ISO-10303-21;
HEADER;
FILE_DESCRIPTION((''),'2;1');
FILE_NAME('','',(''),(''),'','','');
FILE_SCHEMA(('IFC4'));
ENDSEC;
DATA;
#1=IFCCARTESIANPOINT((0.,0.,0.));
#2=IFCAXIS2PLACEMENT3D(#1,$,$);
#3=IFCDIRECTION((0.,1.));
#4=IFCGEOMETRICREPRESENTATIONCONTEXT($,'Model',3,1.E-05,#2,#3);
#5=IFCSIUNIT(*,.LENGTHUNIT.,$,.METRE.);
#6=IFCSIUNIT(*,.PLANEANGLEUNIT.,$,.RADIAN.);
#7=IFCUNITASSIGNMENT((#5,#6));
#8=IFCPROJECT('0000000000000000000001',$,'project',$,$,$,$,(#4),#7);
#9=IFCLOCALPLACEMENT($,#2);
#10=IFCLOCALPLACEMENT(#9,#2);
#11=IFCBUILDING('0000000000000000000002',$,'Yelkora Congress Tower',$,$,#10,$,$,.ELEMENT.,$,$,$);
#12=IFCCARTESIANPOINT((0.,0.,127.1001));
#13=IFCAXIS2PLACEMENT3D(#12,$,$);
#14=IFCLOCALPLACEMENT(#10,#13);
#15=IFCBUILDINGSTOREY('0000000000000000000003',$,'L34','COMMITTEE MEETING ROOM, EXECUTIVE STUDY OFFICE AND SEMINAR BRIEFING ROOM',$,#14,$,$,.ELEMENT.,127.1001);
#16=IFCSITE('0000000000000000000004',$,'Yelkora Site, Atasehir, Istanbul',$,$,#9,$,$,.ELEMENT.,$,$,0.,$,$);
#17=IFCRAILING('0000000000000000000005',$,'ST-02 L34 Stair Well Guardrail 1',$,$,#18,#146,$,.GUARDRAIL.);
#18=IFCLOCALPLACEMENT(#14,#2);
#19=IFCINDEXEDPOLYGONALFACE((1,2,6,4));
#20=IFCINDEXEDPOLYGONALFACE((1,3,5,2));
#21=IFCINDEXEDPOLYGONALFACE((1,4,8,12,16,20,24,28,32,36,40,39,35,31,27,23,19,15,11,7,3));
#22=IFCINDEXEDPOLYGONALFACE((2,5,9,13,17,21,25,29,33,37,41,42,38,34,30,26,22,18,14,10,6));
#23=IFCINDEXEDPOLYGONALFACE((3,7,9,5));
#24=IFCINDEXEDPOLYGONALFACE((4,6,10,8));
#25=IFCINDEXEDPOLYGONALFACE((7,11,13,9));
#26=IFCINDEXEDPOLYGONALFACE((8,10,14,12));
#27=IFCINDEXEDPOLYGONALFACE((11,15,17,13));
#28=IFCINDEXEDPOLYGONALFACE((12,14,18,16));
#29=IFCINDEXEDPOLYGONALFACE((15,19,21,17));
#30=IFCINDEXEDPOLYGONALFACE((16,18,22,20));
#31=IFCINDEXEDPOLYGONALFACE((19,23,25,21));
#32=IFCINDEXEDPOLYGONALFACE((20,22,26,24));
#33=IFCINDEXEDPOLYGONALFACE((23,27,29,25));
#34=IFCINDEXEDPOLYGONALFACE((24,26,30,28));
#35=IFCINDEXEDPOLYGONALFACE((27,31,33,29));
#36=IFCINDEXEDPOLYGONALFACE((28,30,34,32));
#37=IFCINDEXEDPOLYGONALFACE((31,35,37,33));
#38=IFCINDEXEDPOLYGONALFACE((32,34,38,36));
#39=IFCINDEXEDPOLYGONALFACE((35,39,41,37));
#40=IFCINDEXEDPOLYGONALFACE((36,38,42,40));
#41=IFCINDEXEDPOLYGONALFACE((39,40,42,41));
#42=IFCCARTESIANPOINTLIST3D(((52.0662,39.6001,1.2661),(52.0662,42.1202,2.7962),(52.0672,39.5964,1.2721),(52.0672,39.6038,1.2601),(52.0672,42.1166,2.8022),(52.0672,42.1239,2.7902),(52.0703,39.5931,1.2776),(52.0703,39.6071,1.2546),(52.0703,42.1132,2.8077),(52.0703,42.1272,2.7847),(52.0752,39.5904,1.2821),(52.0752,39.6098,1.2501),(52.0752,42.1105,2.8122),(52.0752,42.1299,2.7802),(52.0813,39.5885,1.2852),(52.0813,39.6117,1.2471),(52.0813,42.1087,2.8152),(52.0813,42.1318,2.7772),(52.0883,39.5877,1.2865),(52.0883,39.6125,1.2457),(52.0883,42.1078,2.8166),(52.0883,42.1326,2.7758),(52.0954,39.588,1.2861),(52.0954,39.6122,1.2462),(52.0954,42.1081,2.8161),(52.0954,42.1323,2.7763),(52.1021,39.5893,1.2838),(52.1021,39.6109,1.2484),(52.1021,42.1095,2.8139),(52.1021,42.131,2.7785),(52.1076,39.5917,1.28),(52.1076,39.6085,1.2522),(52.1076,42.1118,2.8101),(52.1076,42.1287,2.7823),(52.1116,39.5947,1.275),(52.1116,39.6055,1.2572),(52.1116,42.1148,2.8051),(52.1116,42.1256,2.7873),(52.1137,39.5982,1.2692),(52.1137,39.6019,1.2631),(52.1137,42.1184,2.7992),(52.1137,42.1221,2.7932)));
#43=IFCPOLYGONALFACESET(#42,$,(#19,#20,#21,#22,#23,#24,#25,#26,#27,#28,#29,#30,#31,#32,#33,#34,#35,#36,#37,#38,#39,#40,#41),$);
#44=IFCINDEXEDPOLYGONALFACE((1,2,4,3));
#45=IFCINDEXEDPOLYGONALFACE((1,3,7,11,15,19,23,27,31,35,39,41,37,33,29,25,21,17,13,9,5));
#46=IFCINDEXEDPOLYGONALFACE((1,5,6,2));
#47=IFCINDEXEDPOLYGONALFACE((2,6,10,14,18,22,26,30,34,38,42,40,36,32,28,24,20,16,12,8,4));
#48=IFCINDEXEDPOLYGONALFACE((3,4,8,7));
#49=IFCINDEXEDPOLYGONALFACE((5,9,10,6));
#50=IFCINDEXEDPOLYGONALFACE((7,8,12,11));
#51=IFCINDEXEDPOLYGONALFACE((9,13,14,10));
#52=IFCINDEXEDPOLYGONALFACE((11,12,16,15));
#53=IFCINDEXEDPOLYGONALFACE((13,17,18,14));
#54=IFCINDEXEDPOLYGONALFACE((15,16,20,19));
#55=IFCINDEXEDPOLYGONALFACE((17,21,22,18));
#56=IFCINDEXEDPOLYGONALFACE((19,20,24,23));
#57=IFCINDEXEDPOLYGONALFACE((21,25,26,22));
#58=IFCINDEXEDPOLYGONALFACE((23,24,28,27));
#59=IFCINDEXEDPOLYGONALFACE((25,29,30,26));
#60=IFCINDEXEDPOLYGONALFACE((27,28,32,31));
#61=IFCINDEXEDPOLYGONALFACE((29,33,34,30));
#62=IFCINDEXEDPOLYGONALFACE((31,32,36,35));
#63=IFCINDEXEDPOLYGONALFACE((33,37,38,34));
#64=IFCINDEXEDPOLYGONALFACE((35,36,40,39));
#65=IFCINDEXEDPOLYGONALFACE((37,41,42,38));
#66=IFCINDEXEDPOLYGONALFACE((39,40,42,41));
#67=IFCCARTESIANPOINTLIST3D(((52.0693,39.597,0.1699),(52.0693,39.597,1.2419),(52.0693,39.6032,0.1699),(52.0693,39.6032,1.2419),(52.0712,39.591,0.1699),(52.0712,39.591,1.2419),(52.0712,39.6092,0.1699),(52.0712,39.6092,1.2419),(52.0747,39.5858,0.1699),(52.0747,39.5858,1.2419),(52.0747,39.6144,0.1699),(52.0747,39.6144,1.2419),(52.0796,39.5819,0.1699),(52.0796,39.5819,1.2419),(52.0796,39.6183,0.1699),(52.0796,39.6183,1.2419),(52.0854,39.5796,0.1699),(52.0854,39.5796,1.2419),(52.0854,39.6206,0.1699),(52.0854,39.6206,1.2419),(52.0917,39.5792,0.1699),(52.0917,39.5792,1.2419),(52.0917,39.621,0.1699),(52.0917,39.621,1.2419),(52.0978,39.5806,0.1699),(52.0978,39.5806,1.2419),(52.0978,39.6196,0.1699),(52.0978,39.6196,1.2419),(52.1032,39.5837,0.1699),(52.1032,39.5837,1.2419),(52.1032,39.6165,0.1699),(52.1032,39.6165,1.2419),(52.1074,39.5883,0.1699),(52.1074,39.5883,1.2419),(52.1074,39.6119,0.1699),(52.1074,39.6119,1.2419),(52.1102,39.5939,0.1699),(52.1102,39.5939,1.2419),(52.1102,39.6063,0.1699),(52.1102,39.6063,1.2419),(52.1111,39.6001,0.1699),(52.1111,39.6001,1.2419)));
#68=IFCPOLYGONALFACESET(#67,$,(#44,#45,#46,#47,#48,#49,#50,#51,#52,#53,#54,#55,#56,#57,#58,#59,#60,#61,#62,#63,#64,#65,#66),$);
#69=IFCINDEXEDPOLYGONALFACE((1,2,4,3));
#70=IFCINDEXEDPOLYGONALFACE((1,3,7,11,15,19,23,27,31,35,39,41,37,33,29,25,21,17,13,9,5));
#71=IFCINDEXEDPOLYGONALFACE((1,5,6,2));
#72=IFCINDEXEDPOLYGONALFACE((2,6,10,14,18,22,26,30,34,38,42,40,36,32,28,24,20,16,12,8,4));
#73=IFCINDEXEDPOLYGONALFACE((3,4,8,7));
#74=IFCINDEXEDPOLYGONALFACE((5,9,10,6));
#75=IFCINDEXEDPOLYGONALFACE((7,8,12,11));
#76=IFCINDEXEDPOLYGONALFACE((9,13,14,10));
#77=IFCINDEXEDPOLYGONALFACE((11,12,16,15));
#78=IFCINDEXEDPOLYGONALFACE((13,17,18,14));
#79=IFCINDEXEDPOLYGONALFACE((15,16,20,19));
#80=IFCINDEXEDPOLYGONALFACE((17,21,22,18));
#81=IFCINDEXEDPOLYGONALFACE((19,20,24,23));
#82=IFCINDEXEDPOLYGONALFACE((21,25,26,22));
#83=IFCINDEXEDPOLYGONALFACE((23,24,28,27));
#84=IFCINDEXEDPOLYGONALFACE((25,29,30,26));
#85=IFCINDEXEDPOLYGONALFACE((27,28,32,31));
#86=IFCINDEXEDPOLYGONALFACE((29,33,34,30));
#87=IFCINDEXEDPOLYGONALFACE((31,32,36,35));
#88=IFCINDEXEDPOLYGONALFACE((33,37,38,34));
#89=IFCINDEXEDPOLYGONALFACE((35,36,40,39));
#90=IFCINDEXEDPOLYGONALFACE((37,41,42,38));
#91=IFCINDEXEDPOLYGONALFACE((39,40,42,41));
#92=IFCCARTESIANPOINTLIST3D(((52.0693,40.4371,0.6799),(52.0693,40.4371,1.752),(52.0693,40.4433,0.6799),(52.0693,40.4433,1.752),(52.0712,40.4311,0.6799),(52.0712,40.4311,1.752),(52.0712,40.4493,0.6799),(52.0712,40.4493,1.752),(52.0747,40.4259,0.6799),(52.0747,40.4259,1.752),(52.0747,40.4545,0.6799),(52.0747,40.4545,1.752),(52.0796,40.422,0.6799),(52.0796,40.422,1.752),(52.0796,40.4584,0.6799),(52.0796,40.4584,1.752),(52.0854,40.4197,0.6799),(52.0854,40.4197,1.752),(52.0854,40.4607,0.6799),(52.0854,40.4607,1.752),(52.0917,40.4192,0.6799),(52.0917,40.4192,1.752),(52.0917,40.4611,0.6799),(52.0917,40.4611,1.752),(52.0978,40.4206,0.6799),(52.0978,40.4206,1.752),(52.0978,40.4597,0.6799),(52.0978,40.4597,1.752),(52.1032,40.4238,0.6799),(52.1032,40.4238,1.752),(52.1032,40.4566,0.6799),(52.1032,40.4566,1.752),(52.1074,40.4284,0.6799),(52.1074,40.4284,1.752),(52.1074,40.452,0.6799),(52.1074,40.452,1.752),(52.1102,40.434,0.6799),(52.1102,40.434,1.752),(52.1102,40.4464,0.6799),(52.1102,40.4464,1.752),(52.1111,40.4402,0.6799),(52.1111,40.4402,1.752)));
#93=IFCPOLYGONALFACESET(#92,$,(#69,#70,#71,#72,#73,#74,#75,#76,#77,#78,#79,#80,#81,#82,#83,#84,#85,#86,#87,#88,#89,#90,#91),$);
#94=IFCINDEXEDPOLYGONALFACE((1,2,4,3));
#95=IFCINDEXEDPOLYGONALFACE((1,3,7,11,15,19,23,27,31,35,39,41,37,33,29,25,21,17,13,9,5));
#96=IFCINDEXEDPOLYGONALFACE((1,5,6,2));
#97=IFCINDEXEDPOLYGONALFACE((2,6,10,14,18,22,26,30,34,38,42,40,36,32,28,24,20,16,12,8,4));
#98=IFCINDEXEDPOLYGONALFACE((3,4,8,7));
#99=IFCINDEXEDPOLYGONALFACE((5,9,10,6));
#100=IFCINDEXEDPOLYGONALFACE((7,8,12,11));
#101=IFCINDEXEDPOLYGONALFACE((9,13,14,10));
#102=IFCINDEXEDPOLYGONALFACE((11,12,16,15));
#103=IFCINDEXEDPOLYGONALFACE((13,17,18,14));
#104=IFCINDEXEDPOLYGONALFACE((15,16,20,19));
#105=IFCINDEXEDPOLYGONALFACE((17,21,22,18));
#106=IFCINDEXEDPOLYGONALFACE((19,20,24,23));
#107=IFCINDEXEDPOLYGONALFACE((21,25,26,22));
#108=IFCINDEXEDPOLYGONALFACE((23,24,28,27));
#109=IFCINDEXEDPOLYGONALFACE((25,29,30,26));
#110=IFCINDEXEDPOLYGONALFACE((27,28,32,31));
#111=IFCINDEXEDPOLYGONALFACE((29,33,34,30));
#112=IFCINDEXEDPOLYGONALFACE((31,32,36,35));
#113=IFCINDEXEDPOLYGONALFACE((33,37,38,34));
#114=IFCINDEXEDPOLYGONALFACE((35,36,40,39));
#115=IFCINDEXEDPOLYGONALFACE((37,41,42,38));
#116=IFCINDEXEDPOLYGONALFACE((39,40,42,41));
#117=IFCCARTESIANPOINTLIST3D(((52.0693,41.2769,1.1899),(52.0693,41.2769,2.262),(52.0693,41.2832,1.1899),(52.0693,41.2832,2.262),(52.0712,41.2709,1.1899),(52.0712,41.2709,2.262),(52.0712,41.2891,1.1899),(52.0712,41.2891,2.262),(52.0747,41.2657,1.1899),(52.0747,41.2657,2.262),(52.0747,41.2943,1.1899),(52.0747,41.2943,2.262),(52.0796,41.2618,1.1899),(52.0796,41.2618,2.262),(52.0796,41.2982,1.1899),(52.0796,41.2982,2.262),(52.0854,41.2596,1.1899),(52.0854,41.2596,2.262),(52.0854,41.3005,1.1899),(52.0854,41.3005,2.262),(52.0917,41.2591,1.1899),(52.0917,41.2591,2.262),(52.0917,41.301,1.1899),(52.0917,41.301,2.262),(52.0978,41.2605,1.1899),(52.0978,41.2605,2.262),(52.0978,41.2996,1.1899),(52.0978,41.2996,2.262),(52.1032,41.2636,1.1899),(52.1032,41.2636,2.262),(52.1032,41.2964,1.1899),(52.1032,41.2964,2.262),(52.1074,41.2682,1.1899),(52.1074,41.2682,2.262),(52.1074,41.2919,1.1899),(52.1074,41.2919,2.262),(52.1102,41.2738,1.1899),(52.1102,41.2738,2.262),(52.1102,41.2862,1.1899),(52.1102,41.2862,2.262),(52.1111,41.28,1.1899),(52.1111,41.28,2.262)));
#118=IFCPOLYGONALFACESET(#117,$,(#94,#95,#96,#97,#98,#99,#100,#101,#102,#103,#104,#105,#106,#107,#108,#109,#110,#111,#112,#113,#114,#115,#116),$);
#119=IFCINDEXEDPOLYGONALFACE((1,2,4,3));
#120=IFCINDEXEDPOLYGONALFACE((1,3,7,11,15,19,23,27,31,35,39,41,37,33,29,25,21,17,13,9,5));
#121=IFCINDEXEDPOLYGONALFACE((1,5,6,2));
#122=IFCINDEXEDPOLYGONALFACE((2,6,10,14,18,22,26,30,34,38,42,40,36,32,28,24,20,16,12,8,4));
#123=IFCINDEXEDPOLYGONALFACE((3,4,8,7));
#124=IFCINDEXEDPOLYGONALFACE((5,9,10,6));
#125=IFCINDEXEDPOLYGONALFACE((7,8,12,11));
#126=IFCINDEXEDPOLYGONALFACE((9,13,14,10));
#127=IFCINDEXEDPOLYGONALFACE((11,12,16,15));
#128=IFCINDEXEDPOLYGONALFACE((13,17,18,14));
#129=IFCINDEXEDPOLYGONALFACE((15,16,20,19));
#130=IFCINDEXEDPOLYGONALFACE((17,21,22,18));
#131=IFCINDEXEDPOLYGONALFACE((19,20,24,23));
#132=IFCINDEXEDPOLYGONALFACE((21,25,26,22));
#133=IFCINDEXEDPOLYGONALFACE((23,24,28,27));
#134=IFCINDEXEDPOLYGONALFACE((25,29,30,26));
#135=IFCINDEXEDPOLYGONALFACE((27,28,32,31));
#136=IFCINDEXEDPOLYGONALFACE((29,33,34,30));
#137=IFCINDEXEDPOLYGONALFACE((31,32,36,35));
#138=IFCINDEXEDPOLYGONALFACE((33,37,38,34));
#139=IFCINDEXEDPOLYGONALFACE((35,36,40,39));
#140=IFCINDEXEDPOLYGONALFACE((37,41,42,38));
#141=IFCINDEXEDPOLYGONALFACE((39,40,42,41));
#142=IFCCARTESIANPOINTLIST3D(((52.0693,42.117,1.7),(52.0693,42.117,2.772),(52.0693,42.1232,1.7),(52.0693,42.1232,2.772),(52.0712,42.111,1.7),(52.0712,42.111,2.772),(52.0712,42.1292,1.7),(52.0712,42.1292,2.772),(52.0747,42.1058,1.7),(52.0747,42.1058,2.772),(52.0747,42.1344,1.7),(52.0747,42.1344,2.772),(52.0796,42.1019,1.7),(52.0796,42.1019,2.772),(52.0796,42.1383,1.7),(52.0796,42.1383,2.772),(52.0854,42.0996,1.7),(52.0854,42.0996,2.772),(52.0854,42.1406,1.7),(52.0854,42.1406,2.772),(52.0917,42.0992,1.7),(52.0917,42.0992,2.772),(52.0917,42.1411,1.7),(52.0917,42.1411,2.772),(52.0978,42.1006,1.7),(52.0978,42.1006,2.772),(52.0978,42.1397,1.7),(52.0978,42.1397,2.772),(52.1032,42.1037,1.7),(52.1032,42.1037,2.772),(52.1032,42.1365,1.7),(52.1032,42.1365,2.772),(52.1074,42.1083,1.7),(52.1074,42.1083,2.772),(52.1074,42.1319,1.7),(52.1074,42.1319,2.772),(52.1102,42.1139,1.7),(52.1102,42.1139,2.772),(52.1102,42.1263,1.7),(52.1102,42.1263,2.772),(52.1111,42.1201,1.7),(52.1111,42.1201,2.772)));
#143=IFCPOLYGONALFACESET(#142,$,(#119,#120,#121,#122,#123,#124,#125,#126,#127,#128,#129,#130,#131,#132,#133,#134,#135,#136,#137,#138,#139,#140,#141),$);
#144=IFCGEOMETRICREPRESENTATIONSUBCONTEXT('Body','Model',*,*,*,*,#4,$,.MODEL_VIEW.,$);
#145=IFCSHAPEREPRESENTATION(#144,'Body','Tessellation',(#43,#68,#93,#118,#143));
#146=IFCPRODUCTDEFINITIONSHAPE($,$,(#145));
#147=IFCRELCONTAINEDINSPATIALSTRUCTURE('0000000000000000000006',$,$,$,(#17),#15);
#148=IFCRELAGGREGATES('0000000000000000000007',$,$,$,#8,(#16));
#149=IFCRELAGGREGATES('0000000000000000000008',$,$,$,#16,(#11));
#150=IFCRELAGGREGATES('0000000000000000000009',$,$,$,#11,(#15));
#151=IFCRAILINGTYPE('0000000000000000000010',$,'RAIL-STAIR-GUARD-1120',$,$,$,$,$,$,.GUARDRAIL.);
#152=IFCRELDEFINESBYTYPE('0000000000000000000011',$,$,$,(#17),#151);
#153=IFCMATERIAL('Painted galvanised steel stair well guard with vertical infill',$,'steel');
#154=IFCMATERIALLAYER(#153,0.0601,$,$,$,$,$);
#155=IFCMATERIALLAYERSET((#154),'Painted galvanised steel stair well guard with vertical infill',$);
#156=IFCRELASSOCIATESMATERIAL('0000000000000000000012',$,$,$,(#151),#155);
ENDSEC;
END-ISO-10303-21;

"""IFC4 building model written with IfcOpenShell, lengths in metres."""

from ifc_helpers import new_model, si_unit, direction, frame, origin, origin_2d, place, context, subcontext, project, spatial, circle, extrude, material, layer, layer_set, type_object, element, save


model = new_model("IFC4")

# Units and contexts
model_context = context("Model", 3, precision=1e-05, world=origin(), true_north=direction((0.0, 1.0)))
body_context = subcontext(model_context, "Body", "Model", "MODEL_VIEW")
ifc_project = project(units=[si_unit("LENGTHUNIT", "METRE"), si_unit("PLANEANGLEUNIT", "RADIAN")], contexts=[model_context])

# Site, building, storey
site_placement = place(None, origin())
site = spatial("IfcSite", under=ifc_project, at=site_placement, Name="Yelkora Site, Atasehir, Istanbul", CompositionType="ELEMENT", RefElevation=0.0)
building_placement = place(site_placement, origin())
building = spatial("IfcBuilding", under=site, at=building_placement, Name="Yelkora Congress Tower", CompositionType="ELEMENT")
storey_placement = place(building_placement, frame((0.0, 0.0, 127.1001)))
storey = spatial("IfcBuildingStorey", under=building, at=storey_placement, Name="L34", Description="COMMITTEE MEETING ROOM, EXECUTIVE STUDY OFFICE AND SEMINAR BRIEFING ROOM", CompositionType="ELEMENT", Elevation=127.1001)

# Railing
ifc_material_1 = material(Name="Painted galvanised steel stair well guard with vertical infill", Category="steel")
ifc_layer_1 = layer(ifc_material_1, 0.0601)
ifc_layer_set_1 = layer_set([ifc_layer_1], Name="Painted galvanised steel stair well guard with vertical infill")
railing_type_1 = type_object("IfcRailingType", Name="RAIL-STAIR-GUARD-1120", PredefinedType="GUARDRAIL", material=ifc_layer_set_1)
railing_1_placement = place(storey_placement, frame((52.0901, 39.6001, 0.1699)))
element("IfcRailing", 1, at=railing_1_placement, inside=storey, type_object=railing_type_1, Name="ST-02 L34 Stair Well Guardrail 1", PredefinedType="GUARDRAIL", context=body_context, shape_type="SweptSolid", body=[
    extrude(circle(Radius=0.0239, at=origin_2d()), frame((0.0, 0.0, 1.0962), z_axis=(0.0, 0.854785, 0.518982), x_axis=(-1.0, 0.0, 0.0)), (0.0, 0.0, 1.0), 2.9482),
    extrude(circle(Radius=0.021, at=origin_2d()), origin(), (0.0, 0.0, 1.0), 1.072),
    extrude(circle(Radius=0.021, at=origin_2d()), frame((0.0, 0.8401, 0.51)), (0.0, 0.0, 1.0), 1.072),
    extrude(circle(Radius=0.021, at=origin_2d()), frame((0.0, 1.6799, 1.02)), (0.0, 0.0, 1.0), 1.072),
    extrude(circle(Radius=0.021, at=origin_2d()), frame((0.0, 2.52, 1.53)), (0.0, 0.0, 1.0), 1.072),
])

save(model, "model.ifc")
